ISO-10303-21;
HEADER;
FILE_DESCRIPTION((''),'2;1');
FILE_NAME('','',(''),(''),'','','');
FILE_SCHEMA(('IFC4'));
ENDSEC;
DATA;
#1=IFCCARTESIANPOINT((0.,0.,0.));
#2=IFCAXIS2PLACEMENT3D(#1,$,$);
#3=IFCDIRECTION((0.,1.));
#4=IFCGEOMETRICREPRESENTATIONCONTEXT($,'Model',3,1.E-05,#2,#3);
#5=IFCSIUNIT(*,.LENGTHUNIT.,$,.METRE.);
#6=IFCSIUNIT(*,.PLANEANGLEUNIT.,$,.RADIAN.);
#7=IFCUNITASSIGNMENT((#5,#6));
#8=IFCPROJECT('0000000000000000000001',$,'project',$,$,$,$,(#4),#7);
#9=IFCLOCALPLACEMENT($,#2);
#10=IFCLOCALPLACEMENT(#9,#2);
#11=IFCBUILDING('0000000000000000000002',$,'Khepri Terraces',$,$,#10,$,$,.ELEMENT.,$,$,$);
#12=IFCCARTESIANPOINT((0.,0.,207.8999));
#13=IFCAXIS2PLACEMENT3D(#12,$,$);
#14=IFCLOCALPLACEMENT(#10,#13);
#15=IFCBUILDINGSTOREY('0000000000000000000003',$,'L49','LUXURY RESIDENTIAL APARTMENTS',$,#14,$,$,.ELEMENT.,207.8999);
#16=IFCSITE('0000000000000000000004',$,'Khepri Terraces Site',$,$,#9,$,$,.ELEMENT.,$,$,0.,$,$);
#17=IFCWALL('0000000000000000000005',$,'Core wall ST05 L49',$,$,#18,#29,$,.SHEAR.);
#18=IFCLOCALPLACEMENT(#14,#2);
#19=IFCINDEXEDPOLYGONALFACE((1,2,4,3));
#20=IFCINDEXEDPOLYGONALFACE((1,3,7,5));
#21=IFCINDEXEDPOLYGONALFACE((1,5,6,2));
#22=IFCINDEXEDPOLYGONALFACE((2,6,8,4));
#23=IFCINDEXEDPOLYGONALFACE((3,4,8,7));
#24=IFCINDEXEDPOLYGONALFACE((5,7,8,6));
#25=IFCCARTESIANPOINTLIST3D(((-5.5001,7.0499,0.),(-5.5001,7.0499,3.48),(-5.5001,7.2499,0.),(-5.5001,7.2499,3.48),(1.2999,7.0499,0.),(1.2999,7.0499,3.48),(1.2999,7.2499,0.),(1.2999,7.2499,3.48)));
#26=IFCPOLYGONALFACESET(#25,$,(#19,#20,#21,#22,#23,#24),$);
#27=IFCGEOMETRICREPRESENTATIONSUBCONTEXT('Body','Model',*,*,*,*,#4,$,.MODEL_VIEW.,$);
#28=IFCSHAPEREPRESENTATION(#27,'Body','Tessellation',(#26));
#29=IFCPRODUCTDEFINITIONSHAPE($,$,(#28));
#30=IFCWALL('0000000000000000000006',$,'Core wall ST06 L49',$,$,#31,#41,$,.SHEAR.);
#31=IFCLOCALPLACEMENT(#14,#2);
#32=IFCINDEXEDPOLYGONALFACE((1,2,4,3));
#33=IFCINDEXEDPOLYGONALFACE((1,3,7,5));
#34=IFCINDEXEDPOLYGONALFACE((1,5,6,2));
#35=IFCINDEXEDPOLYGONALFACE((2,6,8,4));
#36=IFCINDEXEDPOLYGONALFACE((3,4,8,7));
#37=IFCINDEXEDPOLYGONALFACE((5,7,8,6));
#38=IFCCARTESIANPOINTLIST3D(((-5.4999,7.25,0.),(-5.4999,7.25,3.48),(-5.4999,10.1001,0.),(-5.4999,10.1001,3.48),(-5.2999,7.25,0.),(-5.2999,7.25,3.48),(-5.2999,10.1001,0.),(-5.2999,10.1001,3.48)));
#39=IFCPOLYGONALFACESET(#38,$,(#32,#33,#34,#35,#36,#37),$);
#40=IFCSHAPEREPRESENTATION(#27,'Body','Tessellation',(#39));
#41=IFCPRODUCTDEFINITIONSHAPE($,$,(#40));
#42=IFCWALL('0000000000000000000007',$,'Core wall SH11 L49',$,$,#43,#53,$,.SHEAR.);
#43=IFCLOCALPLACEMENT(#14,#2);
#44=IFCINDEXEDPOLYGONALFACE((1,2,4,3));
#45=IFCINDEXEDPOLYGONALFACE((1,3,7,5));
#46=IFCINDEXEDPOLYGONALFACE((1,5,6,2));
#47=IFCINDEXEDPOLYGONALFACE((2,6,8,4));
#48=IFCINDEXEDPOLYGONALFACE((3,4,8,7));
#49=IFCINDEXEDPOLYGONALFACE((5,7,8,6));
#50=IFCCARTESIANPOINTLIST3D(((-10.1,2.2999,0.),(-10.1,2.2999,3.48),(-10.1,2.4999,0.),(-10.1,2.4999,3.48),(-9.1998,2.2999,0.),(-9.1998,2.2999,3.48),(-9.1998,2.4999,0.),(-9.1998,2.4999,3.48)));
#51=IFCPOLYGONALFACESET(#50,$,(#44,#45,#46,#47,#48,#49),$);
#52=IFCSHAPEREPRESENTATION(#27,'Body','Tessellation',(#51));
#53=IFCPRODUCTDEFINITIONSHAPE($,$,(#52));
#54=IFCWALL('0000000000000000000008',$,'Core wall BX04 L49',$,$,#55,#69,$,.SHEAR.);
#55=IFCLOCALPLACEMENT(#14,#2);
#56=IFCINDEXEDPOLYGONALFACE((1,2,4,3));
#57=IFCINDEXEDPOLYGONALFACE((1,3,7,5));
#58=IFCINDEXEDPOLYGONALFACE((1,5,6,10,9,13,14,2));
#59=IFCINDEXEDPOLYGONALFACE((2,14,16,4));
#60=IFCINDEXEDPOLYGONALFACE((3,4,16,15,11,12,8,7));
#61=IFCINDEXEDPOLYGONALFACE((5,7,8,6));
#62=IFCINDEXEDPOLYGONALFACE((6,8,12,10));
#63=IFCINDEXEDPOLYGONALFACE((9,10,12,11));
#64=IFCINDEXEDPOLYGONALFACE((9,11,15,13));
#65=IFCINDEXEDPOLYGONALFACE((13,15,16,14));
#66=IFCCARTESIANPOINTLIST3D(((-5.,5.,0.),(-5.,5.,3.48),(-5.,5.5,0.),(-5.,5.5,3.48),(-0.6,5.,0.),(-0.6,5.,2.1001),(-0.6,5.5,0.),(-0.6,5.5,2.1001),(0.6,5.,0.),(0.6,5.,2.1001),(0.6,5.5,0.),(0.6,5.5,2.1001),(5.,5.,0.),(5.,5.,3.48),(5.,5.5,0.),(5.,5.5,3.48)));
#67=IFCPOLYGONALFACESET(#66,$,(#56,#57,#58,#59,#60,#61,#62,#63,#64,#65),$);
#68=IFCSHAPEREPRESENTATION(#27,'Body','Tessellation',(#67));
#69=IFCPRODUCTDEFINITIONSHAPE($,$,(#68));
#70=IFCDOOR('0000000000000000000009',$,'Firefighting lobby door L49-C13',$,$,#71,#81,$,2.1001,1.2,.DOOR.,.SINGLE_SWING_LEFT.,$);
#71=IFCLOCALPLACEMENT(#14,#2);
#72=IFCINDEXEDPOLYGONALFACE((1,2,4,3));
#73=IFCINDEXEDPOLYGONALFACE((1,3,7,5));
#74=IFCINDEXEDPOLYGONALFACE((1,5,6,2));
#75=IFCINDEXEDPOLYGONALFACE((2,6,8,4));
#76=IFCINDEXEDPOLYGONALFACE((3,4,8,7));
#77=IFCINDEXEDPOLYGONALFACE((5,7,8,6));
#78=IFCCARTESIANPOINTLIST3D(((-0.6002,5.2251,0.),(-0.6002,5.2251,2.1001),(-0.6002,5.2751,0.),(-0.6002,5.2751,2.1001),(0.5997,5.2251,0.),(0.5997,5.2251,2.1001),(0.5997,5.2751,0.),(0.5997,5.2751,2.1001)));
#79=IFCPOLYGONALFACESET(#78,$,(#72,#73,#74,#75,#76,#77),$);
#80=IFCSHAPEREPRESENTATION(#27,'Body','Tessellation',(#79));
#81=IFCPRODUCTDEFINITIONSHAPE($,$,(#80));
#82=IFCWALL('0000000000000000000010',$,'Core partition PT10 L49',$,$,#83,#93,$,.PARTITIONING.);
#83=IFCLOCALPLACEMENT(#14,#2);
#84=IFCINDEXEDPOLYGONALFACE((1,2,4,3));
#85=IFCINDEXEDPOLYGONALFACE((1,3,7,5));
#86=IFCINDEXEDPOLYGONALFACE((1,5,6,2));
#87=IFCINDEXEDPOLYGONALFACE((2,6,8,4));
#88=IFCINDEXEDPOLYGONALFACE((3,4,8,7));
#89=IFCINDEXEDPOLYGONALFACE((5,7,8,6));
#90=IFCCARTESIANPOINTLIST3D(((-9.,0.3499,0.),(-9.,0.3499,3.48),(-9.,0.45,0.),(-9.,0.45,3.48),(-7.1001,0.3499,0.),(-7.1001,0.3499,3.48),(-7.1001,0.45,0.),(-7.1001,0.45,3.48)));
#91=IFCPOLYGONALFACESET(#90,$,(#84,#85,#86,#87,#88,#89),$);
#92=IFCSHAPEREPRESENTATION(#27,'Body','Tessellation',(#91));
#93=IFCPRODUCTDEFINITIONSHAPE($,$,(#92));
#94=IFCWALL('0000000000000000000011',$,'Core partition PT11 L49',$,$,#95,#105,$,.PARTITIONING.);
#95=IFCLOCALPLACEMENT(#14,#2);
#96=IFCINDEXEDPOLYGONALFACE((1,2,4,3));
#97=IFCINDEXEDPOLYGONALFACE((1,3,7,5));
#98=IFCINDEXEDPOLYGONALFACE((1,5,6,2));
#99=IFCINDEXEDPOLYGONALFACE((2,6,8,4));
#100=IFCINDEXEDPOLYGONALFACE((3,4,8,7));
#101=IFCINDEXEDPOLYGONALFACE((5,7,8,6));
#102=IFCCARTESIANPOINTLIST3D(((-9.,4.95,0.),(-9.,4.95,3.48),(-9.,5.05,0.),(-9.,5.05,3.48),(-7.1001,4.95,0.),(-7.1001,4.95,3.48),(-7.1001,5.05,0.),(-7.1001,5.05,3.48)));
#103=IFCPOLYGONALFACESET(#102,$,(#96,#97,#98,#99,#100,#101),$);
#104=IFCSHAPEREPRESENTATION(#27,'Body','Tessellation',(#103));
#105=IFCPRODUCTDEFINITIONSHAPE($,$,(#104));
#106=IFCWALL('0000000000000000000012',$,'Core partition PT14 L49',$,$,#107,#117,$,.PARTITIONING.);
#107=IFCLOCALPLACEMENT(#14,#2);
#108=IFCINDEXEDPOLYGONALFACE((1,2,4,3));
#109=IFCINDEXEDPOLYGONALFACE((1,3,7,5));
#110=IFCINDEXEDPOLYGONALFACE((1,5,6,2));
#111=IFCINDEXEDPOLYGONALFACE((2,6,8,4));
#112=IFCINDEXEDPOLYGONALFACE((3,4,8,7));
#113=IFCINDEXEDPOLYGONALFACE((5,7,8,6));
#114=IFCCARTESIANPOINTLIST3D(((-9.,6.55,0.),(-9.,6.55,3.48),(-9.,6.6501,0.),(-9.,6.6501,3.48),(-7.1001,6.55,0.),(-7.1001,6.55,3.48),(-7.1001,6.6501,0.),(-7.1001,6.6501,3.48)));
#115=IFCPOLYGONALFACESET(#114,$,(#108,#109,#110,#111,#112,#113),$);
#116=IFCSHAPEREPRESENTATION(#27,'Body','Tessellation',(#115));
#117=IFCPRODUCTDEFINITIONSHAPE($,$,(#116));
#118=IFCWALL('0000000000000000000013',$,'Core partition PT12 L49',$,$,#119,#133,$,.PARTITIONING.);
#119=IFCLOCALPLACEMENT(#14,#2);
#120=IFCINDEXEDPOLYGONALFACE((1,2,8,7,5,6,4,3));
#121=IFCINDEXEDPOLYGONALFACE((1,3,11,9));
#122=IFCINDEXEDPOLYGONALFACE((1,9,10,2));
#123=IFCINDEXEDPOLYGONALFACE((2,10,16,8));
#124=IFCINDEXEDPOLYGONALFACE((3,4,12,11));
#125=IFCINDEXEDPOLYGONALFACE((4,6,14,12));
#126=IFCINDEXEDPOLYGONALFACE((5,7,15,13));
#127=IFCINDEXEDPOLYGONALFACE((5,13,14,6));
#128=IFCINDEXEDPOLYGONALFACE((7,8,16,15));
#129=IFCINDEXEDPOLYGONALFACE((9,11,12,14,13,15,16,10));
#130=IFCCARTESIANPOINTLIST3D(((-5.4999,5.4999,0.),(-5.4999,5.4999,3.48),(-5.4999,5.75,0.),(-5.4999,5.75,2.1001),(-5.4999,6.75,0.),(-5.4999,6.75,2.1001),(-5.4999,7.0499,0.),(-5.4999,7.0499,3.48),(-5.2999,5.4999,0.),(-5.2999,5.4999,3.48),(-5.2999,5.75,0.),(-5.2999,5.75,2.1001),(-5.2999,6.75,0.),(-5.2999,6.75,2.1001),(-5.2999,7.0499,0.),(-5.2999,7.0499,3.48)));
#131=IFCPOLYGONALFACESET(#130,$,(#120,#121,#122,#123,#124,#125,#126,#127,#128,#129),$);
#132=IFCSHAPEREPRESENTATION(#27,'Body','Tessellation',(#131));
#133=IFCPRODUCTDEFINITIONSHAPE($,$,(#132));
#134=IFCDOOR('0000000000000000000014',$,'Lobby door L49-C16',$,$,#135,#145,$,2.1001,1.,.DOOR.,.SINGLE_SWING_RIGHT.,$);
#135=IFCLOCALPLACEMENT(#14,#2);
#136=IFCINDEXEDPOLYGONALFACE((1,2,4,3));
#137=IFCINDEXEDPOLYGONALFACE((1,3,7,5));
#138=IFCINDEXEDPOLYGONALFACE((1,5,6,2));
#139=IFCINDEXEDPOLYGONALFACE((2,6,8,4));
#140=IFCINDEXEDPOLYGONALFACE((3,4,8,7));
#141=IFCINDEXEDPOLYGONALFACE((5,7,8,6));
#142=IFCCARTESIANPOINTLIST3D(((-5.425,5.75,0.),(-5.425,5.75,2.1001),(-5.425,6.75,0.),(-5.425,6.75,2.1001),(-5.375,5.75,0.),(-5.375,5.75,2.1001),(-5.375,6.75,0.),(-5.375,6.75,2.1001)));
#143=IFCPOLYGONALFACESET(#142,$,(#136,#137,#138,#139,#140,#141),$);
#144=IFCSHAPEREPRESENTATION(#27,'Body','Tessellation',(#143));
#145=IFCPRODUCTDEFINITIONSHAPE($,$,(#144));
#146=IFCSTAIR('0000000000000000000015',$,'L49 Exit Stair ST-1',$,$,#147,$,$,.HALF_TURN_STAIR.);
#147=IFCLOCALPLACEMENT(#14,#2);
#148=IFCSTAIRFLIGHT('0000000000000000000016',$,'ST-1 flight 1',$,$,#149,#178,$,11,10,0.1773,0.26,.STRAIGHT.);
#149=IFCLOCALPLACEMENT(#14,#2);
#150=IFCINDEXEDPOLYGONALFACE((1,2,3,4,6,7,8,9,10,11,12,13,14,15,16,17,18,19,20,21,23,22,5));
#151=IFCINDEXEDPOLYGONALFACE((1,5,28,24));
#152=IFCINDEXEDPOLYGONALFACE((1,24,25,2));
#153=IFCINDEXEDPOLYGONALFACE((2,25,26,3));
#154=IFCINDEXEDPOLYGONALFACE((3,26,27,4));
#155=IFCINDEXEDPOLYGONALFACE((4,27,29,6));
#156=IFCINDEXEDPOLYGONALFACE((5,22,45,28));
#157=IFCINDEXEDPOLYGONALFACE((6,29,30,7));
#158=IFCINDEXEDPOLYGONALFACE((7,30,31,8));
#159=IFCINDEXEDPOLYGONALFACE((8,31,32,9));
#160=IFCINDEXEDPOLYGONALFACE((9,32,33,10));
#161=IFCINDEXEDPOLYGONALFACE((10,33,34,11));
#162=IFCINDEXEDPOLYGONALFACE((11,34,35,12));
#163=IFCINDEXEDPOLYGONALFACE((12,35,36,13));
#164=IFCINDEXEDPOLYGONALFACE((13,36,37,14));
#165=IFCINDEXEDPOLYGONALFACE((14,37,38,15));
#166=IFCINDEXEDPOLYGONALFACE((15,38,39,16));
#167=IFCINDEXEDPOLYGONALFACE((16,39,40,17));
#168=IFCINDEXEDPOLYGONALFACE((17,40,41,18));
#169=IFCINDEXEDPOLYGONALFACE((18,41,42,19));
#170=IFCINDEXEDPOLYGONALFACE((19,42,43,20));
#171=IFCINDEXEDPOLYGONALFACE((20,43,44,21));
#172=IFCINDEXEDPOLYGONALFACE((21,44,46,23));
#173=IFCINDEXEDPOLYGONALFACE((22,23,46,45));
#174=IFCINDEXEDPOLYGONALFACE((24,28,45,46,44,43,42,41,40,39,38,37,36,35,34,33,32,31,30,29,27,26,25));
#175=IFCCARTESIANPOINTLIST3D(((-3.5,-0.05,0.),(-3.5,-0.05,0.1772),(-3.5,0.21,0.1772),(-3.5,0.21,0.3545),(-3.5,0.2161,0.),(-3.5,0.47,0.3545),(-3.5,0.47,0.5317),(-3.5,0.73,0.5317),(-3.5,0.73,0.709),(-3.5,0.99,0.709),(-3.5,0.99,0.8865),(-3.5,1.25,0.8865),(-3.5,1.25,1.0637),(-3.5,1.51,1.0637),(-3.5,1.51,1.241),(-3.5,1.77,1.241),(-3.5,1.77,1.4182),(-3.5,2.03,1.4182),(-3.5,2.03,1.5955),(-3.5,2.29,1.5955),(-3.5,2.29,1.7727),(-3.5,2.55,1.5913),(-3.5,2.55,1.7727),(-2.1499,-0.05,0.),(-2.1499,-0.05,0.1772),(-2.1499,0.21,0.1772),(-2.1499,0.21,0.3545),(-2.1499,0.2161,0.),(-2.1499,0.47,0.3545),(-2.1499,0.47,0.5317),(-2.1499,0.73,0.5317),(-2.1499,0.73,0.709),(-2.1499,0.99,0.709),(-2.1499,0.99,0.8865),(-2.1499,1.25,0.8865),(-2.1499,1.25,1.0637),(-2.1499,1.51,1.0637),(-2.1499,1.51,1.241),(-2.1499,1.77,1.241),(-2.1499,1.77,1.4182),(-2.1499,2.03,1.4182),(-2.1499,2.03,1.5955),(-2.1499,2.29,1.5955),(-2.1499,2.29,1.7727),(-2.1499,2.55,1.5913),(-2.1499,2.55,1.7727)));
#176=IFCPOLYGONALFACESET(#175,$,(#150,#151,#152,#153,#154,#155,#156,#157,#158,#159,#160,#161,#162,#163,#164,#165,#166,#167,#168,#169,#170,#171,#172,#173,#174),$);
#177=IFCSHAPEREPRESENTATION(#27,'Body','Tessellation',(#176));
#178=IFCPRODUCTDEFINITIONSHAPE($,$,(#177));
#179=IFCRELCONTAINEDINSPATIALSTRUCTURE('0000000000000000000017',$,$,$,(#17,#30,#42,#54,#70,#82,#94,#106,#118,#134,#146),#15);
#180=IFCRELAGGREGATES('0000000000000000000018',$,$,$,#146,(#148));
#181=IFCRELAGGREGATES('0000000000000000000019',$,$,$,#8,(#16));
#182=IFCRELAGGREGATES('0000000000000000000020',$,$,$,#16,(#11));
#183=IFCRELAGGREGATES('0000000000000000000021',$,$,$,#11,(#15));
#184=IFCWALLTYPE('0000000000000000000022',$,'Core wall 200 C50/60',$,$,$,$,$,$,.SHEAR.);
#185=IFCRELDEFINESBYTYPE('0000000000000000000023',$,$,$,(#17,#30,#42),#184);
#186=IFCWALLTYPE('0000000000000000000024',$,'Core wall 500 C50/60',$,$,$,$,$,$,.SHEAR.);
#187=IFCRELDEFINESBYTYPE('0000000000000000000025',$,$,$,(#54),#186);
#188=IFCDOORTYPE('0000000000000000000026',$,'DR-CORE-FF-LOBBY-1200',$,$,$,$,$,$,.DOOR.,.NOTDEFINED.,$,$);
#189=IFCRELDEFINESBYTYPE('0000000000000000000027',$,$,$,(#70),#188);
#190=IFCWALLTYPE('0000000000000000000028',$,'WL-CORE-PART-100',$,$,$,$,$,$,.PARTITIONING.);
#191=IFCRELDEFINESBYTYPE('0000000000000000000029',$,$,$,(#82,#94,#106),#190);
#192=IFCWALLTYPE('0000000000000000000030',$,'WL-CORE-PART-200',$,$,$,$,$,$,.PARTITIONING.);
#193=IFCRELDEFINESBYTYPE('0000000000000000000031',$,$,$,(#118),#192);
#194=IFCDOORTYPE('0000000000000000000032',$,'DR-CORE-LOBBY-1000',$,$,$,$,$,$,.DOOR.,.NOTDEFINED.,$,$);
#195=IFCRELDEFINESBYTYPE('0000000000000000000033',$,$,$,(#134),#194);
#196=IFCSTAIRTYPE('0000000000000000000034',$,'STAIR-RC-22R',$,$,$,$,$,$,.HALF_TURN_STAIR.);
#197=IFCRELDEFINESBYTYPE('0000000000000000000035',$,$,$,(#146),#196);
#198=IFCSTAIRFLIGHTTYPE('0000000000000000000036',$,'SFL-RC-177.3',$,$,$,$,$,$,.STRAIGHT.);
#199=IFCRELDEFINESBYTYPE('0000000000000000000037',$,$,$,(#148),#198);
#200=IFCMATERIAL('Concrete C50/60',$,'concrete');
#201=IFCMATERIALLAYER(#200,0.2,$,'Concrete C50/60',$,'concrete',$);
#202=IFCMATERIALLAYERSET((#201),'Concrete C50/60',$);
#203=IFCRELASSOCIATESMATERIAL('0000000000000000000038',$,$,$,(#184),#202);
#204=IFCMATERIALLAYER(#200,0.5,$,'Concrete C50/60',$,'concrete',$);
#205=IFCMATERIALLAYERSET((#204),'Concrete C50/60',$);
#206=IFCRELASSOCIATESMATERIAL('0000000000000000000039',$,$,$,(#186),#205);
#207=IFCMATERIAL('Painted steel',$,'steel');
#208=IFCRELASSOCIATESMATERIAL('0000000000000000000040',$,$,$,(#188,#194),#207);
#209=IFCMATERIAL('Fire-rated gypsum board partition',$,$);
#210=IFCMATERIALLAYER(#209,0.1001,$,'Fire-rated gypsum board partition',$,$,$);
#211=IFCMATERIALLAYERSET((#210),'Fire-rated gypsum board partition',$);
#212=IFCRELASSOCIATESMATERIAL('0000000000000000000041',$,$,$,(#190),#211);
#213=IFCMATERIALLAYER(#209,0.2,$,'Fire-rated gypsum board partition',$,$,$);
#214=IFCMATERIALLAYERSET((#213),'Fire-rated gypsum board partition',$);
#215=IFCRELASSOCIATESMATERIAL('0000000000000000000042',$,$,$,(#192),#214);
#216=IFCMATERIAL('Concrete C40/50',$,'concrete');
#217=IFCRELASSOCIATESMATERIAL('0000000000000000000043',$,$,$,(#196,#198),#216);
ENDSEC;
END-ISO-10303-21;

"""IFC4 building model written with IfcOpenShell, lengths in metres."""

from ifc_helpers import new_model, si_unit, direction, frame, frame_2d, origin, place, context, subcontext, project, spatial, polyline, rectangle, outline, extrude, material, layer, layer_set, type_object, element, fill, aggregate, save


model = new_model("IFC4")

# Units and contexts
model_context = context("Model", 3, precision=1e-05, world=origin(), true_north=direction((0.0, 1.0)))
body_context = subcontext(model_context, "Body", "Model", "MODEL_VIEW")
ifc_project = project(units=[si_unit("LENGTHUNIT", "METRE"), si_unit("PLANEANGLEUNIT", "RADIAN")], contexts=[model_context])

# Site, building, storey
site_placement = place(None, origin())
site = spatial("IfcSite", under=ifc_project, at=site_placement, Name="Khepri Terraces Site", CompositionType="ELEMENT", RefElevation=0.0)
building_placement = place(site_placement, origin())
building = spatial("IfcBuilding", under=site, at=building_placement, Name="Khepri Terraces", CompositionType="ELEMENT")
storey_placement = place(building_placement, frame((0.0, 0.0, 207.8999)))
storey = spatial("IfcBuildingStorey", under=building, at=storey_placement, Name="L49", Description="LUXURY RESIDENTIAL APARTMENTS", CompositionType="ELEMENT", Elevation=207.8999)

# Walls
ifc_material_1 = material(Name="Concrete C50/60", Category="concrete")
ifc_layer_1 = layer(ifc_material_1, 0.2, Name="Concrete C50/60", Category="concrete")
ifc_layer_set_1 = layer_set([ifc_layer_1], Name="Concrete C50/60")
wall_type_1 = type_object("IfcWallType", Name="Core wall 200 C50/60", PredefinedType="SHEAR", material=ifc_layer_set_1)
wall_1_placement = place(storey_placement, frame((-5.5, 7.1499, 0.0), z_axis=(0.0, 0.0, 1.0), x_axis=(1.0, 0.0, 0.0)))
element("IfcWall", 1, at=wall_1_placement, inside=storey, type_object=wall_type_1, Name="Core wall ST05 L49", PredefinedType="SHEAR", context=body_context, shape_type="SweptSolid", body=[
    extrude(rectangle(XDim=6.8, YDim=0.2, at=frame_2d((3.3999, 0.0))), origin(), (0.0, 0.0, 1.0), 3.48),
])
wall_2_placement = place(storey_placement, frame((-5.3999, 7.25, 0.0), z_axis=(0.0, 0.0, 1.0), x_axis=(0.0, 1.0, 0.0)))
element("IfcWall", 2, at=wall_2_placement, inside=storey, type_object=wall_type_1, Name="Core wall ST06 L49", PredefinedType="SHEAR", context=body_context, shape_type="SweptSolid", body=[
    extrude(rectangle(XDim=2.8501, YDim=0.2, at=frame_2d((1.425, 0.0))), origin(), (0.0, 0.0, 1.0), 3.48),
])
wall_3_placement = place(storey_placement, frame((-10.1001, 2.3999, 0.0), z_axis=(0.0, 0.0, 1.0), x_axis=(1.0, 0.0, 0.0)))
element("IfcWall", 3, at=wall_3_placement, inside=storey, type_object=wall_type_1, Name="Core wall SH11 L49", PredefinedType="SHEAR", context=body_context, shape_type="SweptSolid", body=[
    extrude(rectangle(XDim=0.9001, YDim=0.2, at=frame_2d((0.4502, 0.0))), origin(), (0.0, 0.0, 1.0), 3.48),
])

# Wall, opening, door
ifc_layer_2 = layer(ifc_material_1, 0.5, Name="Concrete C50/60", Category="concrete")
ifc_layer_set_2 = layer_set([ifc_layer_2], Name="Concrete C50/60")
wall_type_2 = type_object("IfcWallType", Name="Core wall 500 C50/60", PredefinedType="SHEAR", material=ifc_layer_set_2)
wall_4_placement = place(storey_placement, frame((-5.0, 5.25, 0.0), z_axis=(0.0, 0.0, 1.0), x_axis=(1.0, 0.0, 0.0)))
wall_4 = element("IfcWall", 4, at=wall_4_placement, inside=storey, type_object=wall_type_2, Name="Core wall BX04 L49", PredefinedType="SHEAR", context=body_context, shape_type="SweptSolid", body=[
    extrude(rectangle(XDim=10.0, YDim=0.5, at=frame_2d((5.0, 0.0))), origin(), (0.0, 0.0, 1.0), 3.48),
])
opening_1_placement = place(wall_4_placement, frame((4.3999, 0.0, 0.0)))
opening_1 = element("IfcOpeningElement", 5, at=opening_1_placement, cuts=wall_4, PredefinedType="OPENING", context=body_context, shape_type="SweptSolid", body=[
    extrude(rectangle(XDim=1.2, YDim=2.1001, at=frame_2d((0.6001, 1.05))), frame((0.0, 0.26, 0.0), z_axis=(0.0, -1.0, 0.0), x_axis=(1.0, 0.0, 0.0)), (0.0, 0.0, 1.0), 0.52),
])
ifc_material_2 = material(Name="Painted steel", Category="steel")
door_type_1 = type_object("IfcDoorType", Name="DR-CORE-FF-LOBBY-1200", OperationType="NOTDEFINED", PredefinedType="DOOR", material=ifc_material_2)
door_1_placement = place(opening_1_placement, frame((1.2, 0.0, 0.0), z_axis=(0.0, 0.0, 1.0), x_axis=(-1.0, 0.0, 0.0)))
door_1 = element("IfcDoor", 6, at=door_1_placement, inside=storey, type_object=door_type_1, Name="Firefighting lobby door L49-C13", OperationType="SINGLE_SWING_LEFT", OverallHeight=2.1001, OverallWidth=1.2, PredefinedType="DOOR", context=body_context, shape_type="SweptSolid", body=[
    extrude(rectangle(XDim=1.2, YDim=2.1001, at=frame_2d((0.6001, 1.05))), frame((0.0, 0.0249, 0.0), z_axis=(0.0, -1.0, 0.0), x_axis=(1.0, 0.0, 0.0)), (0.0, 0.0, 1.0), 0.05),
])
fill(opening_1, door_1)

# Walls
ifc_material_3 = material(Name="Fire-rated gypsum board partition")
ifc_layer_3 = layer(ifc_material_3, 0.1001, Name="Fire-rated gypsum board partition")
ifc_layer_set_3 = layer_set([ifc_layer_3], Name="Fire-rated gypsum board partition")
wall_type_3 = type_object("IfcWallType", Name="WL-CORE-PART-100", PredefinedType="PARTITIONING", material=ifc_layer_set_3)
for number, where, z_axis, x_axis, name in (
    (7, (-9.0, 0.3999, 0.0), (0.0, 0.0, 1.0), (1.0, 0.0, 0.0), "Core partition PT10 L49"),
    (8, (-9.0, 5.0, 0.0), (0.0, 0.0, 1.0), (1.0, 0.0, 0.0), "Core partition PT11 L49"),
    (9, (-9.0, 6.6001, 0.0), (0.0, 0.0, 1.0), (1.0, 0.0, 0.0), "Core partition PT14 L49"),
):
    element("IfcWall", number, at=place(storey_placement, frame(where, z_axis=z_axis, x_axis=x_axis)), inside=storey, type_object=wall_type_3, Name=name, PredefinedType="PARTITIONING", context=body_context, shape_type="SweptSolid", body=[
        extrude(rectangle(XDim=1.8999, YDim=0.1001, at=frame_2d((0.95, 0.0))), origin(), (0.0, 0.0, 1.0), 3.48),
    ])

# Wall, opening, door
ifc_layer_4 = layer(ifc_material_3, 0.2, Name="Fire-rated gypsum board partition")
ifc_layer_set_4 = layer_set([ifc_layer_4], Name="Fire-rated gypsum board partition")
wall_type_4 = type_object("IfcWallType", Name="WL-CORE-PART-200", PredefinedType="PARTITIONING", material=ifc_layer_set_4)
wall_5_placement = place(storey_placement, frame((-5.3999, 5.5, 0.0), z_axis=(0.0, 0.0, 1.0), x_axis=(0.0, 1.0, 0.0)))
wall_5 = element("IfcWall", 10, at=wall_5_placement, inside=storey, type_object=wall_type_4, Name="Core partition PT12 L49", PredefinedType="PARTITIONING", context=body_context, shape_type="SweptSolid", body=[
    extrude(rectangle(XDim=1.55, YDim=0.2, at=frame_2d((0.7749, 0.0))), origin(), (0.0, 0.0, 1.0), 3.48),
])
opening_2_placement = place(wall_5_placement, frame((0.25, 0.0, 0.0)))
opening_2 = element("IfcOpeningElement", 11, at=opening_2_placement, cuts=wall_5, PredefinedType="OPENING", context=body_context, shape_type="SweptSolid", body=[
    extrude(rectangle(XDim=1.0, YDim=2.1001, at=frame_2d((0.5, 1.05))), frame((0.0, 0.1099, 0.0), z_axis=(0.0, -1.0, 0.0), x_axis=(1.0, 0.0, 0.0)), (0.0, 0.0, 1.0), 0.22),
])
door_type_2 = type_object("IfcDoorType", Name="DR-CORE-LOBBY-1000", OperationType="NOTDEFINED", PredefinedType="DOOR", material=ifc_material_2)
door_2_placement = place(opening_2_placement, frame((1.0, 0.0, 0.0), z_axis=(0.0, 0.0, 1.0), x_axis=(-1.0, 0.0, 0.0)))
door_2 = element("IfcDoor", 12, at=door_2_placement, inside=storey, type_object=door_type_2, Name="Lobby door L49-C16", OperationType="SINGLE_SWING_RIGHT", OverallHeight=2.1001, OverallWidth=1.0, PredefinedType="DOOR", context=body_context, shape_type="SweptSolid", body=[
    extrude(rectangle(XDim=1.0, YDim=2.1001, at=frame_2d((0.5, 1.05))), frame((0.0, 0.0249, 0.0), z_axis=(0.0, -1.0, 0.0), x_axis=(1.0, 0.0, 0.0)), (0.0, 0.0, 1.0), 0.05),
])
fill(opening_2, door_2)

# Stair, stair flight
ifc_material_4 = material(Name="Concrete C40/50", Category="concrete")
stair_type = type_object("IfcStairType", Name="STAIR-RC-22R", PredefinedType="HALF_TURN_STAIR", material=ifc_material_4)
stair_1_placement = place(storey_placement, origin())
stair_1 = element("IfcStair", 13, at=stair_1_placement, inside=storey, type_object=stair_type, Name="L49 Exit Stair ST-1", PredefinedType="HALF_TURN_STAIR")
stair_flight_type = type_object("IfcStairFlightType", Name="SFL-RC-177.3", PredefinedType="STRAIGHT", material=ifc_material_4)
stair_flight_1_placement = place(storey_placement, frame((-2.825, -0.05, 0.0), z_axis=(0.0, 0.0, 1.0), x_axis=(0.0, 1.0, 0.0)))
stair_flight_1 = element("IfcStairFlight", 14, at=stair_flight_1_placement, type_object=stair_flight_type, Name="ST-1 flight 1", NumberOfRisers=11, NumberOfTreads=10, PredefinedType="STRAIGHT", RiserHeight=0.1773, TreadLength=0.26, context=body_context, shape_type="SweptSolid", body=[
    extrude(outline(polyline([(0.0, 0.0), (0.0, 0.1772), (0.26, 0.1772), (0.26, 0.3545), (0.52, 0.3545), (0.52, 0.5317), (0.78, 0.5317), (0.78, 0.709), (1.04, 0.709), (1.04, 0.8865), (1.3, 0.8865), (1.3, 1.0637), (1.5601, 1.0637), (1.5601, 1.241), (1.8201, 1.241), (1.8201, 1.4182), (2.0801, 1.4182), (2.0801, 1.5955), (2.3401, 1.5955), (2.3401, 1.7727), (2.6001, 1.7727), (2.6001, 1.95), (2.6001, 1.5913), (0.2661, 0.0), (0.0, 0.0)])), frame((0.0, 0.675, 0.0), z_axis=(0.0, -1.0, 0.0), x_axis=(1.0, 0.0, 0.0)), (0.0, 0.0, 1.0), 1.3501),
])
aggregate(stair_1, [stair_flight_1])

save(model, "model.ifc")
